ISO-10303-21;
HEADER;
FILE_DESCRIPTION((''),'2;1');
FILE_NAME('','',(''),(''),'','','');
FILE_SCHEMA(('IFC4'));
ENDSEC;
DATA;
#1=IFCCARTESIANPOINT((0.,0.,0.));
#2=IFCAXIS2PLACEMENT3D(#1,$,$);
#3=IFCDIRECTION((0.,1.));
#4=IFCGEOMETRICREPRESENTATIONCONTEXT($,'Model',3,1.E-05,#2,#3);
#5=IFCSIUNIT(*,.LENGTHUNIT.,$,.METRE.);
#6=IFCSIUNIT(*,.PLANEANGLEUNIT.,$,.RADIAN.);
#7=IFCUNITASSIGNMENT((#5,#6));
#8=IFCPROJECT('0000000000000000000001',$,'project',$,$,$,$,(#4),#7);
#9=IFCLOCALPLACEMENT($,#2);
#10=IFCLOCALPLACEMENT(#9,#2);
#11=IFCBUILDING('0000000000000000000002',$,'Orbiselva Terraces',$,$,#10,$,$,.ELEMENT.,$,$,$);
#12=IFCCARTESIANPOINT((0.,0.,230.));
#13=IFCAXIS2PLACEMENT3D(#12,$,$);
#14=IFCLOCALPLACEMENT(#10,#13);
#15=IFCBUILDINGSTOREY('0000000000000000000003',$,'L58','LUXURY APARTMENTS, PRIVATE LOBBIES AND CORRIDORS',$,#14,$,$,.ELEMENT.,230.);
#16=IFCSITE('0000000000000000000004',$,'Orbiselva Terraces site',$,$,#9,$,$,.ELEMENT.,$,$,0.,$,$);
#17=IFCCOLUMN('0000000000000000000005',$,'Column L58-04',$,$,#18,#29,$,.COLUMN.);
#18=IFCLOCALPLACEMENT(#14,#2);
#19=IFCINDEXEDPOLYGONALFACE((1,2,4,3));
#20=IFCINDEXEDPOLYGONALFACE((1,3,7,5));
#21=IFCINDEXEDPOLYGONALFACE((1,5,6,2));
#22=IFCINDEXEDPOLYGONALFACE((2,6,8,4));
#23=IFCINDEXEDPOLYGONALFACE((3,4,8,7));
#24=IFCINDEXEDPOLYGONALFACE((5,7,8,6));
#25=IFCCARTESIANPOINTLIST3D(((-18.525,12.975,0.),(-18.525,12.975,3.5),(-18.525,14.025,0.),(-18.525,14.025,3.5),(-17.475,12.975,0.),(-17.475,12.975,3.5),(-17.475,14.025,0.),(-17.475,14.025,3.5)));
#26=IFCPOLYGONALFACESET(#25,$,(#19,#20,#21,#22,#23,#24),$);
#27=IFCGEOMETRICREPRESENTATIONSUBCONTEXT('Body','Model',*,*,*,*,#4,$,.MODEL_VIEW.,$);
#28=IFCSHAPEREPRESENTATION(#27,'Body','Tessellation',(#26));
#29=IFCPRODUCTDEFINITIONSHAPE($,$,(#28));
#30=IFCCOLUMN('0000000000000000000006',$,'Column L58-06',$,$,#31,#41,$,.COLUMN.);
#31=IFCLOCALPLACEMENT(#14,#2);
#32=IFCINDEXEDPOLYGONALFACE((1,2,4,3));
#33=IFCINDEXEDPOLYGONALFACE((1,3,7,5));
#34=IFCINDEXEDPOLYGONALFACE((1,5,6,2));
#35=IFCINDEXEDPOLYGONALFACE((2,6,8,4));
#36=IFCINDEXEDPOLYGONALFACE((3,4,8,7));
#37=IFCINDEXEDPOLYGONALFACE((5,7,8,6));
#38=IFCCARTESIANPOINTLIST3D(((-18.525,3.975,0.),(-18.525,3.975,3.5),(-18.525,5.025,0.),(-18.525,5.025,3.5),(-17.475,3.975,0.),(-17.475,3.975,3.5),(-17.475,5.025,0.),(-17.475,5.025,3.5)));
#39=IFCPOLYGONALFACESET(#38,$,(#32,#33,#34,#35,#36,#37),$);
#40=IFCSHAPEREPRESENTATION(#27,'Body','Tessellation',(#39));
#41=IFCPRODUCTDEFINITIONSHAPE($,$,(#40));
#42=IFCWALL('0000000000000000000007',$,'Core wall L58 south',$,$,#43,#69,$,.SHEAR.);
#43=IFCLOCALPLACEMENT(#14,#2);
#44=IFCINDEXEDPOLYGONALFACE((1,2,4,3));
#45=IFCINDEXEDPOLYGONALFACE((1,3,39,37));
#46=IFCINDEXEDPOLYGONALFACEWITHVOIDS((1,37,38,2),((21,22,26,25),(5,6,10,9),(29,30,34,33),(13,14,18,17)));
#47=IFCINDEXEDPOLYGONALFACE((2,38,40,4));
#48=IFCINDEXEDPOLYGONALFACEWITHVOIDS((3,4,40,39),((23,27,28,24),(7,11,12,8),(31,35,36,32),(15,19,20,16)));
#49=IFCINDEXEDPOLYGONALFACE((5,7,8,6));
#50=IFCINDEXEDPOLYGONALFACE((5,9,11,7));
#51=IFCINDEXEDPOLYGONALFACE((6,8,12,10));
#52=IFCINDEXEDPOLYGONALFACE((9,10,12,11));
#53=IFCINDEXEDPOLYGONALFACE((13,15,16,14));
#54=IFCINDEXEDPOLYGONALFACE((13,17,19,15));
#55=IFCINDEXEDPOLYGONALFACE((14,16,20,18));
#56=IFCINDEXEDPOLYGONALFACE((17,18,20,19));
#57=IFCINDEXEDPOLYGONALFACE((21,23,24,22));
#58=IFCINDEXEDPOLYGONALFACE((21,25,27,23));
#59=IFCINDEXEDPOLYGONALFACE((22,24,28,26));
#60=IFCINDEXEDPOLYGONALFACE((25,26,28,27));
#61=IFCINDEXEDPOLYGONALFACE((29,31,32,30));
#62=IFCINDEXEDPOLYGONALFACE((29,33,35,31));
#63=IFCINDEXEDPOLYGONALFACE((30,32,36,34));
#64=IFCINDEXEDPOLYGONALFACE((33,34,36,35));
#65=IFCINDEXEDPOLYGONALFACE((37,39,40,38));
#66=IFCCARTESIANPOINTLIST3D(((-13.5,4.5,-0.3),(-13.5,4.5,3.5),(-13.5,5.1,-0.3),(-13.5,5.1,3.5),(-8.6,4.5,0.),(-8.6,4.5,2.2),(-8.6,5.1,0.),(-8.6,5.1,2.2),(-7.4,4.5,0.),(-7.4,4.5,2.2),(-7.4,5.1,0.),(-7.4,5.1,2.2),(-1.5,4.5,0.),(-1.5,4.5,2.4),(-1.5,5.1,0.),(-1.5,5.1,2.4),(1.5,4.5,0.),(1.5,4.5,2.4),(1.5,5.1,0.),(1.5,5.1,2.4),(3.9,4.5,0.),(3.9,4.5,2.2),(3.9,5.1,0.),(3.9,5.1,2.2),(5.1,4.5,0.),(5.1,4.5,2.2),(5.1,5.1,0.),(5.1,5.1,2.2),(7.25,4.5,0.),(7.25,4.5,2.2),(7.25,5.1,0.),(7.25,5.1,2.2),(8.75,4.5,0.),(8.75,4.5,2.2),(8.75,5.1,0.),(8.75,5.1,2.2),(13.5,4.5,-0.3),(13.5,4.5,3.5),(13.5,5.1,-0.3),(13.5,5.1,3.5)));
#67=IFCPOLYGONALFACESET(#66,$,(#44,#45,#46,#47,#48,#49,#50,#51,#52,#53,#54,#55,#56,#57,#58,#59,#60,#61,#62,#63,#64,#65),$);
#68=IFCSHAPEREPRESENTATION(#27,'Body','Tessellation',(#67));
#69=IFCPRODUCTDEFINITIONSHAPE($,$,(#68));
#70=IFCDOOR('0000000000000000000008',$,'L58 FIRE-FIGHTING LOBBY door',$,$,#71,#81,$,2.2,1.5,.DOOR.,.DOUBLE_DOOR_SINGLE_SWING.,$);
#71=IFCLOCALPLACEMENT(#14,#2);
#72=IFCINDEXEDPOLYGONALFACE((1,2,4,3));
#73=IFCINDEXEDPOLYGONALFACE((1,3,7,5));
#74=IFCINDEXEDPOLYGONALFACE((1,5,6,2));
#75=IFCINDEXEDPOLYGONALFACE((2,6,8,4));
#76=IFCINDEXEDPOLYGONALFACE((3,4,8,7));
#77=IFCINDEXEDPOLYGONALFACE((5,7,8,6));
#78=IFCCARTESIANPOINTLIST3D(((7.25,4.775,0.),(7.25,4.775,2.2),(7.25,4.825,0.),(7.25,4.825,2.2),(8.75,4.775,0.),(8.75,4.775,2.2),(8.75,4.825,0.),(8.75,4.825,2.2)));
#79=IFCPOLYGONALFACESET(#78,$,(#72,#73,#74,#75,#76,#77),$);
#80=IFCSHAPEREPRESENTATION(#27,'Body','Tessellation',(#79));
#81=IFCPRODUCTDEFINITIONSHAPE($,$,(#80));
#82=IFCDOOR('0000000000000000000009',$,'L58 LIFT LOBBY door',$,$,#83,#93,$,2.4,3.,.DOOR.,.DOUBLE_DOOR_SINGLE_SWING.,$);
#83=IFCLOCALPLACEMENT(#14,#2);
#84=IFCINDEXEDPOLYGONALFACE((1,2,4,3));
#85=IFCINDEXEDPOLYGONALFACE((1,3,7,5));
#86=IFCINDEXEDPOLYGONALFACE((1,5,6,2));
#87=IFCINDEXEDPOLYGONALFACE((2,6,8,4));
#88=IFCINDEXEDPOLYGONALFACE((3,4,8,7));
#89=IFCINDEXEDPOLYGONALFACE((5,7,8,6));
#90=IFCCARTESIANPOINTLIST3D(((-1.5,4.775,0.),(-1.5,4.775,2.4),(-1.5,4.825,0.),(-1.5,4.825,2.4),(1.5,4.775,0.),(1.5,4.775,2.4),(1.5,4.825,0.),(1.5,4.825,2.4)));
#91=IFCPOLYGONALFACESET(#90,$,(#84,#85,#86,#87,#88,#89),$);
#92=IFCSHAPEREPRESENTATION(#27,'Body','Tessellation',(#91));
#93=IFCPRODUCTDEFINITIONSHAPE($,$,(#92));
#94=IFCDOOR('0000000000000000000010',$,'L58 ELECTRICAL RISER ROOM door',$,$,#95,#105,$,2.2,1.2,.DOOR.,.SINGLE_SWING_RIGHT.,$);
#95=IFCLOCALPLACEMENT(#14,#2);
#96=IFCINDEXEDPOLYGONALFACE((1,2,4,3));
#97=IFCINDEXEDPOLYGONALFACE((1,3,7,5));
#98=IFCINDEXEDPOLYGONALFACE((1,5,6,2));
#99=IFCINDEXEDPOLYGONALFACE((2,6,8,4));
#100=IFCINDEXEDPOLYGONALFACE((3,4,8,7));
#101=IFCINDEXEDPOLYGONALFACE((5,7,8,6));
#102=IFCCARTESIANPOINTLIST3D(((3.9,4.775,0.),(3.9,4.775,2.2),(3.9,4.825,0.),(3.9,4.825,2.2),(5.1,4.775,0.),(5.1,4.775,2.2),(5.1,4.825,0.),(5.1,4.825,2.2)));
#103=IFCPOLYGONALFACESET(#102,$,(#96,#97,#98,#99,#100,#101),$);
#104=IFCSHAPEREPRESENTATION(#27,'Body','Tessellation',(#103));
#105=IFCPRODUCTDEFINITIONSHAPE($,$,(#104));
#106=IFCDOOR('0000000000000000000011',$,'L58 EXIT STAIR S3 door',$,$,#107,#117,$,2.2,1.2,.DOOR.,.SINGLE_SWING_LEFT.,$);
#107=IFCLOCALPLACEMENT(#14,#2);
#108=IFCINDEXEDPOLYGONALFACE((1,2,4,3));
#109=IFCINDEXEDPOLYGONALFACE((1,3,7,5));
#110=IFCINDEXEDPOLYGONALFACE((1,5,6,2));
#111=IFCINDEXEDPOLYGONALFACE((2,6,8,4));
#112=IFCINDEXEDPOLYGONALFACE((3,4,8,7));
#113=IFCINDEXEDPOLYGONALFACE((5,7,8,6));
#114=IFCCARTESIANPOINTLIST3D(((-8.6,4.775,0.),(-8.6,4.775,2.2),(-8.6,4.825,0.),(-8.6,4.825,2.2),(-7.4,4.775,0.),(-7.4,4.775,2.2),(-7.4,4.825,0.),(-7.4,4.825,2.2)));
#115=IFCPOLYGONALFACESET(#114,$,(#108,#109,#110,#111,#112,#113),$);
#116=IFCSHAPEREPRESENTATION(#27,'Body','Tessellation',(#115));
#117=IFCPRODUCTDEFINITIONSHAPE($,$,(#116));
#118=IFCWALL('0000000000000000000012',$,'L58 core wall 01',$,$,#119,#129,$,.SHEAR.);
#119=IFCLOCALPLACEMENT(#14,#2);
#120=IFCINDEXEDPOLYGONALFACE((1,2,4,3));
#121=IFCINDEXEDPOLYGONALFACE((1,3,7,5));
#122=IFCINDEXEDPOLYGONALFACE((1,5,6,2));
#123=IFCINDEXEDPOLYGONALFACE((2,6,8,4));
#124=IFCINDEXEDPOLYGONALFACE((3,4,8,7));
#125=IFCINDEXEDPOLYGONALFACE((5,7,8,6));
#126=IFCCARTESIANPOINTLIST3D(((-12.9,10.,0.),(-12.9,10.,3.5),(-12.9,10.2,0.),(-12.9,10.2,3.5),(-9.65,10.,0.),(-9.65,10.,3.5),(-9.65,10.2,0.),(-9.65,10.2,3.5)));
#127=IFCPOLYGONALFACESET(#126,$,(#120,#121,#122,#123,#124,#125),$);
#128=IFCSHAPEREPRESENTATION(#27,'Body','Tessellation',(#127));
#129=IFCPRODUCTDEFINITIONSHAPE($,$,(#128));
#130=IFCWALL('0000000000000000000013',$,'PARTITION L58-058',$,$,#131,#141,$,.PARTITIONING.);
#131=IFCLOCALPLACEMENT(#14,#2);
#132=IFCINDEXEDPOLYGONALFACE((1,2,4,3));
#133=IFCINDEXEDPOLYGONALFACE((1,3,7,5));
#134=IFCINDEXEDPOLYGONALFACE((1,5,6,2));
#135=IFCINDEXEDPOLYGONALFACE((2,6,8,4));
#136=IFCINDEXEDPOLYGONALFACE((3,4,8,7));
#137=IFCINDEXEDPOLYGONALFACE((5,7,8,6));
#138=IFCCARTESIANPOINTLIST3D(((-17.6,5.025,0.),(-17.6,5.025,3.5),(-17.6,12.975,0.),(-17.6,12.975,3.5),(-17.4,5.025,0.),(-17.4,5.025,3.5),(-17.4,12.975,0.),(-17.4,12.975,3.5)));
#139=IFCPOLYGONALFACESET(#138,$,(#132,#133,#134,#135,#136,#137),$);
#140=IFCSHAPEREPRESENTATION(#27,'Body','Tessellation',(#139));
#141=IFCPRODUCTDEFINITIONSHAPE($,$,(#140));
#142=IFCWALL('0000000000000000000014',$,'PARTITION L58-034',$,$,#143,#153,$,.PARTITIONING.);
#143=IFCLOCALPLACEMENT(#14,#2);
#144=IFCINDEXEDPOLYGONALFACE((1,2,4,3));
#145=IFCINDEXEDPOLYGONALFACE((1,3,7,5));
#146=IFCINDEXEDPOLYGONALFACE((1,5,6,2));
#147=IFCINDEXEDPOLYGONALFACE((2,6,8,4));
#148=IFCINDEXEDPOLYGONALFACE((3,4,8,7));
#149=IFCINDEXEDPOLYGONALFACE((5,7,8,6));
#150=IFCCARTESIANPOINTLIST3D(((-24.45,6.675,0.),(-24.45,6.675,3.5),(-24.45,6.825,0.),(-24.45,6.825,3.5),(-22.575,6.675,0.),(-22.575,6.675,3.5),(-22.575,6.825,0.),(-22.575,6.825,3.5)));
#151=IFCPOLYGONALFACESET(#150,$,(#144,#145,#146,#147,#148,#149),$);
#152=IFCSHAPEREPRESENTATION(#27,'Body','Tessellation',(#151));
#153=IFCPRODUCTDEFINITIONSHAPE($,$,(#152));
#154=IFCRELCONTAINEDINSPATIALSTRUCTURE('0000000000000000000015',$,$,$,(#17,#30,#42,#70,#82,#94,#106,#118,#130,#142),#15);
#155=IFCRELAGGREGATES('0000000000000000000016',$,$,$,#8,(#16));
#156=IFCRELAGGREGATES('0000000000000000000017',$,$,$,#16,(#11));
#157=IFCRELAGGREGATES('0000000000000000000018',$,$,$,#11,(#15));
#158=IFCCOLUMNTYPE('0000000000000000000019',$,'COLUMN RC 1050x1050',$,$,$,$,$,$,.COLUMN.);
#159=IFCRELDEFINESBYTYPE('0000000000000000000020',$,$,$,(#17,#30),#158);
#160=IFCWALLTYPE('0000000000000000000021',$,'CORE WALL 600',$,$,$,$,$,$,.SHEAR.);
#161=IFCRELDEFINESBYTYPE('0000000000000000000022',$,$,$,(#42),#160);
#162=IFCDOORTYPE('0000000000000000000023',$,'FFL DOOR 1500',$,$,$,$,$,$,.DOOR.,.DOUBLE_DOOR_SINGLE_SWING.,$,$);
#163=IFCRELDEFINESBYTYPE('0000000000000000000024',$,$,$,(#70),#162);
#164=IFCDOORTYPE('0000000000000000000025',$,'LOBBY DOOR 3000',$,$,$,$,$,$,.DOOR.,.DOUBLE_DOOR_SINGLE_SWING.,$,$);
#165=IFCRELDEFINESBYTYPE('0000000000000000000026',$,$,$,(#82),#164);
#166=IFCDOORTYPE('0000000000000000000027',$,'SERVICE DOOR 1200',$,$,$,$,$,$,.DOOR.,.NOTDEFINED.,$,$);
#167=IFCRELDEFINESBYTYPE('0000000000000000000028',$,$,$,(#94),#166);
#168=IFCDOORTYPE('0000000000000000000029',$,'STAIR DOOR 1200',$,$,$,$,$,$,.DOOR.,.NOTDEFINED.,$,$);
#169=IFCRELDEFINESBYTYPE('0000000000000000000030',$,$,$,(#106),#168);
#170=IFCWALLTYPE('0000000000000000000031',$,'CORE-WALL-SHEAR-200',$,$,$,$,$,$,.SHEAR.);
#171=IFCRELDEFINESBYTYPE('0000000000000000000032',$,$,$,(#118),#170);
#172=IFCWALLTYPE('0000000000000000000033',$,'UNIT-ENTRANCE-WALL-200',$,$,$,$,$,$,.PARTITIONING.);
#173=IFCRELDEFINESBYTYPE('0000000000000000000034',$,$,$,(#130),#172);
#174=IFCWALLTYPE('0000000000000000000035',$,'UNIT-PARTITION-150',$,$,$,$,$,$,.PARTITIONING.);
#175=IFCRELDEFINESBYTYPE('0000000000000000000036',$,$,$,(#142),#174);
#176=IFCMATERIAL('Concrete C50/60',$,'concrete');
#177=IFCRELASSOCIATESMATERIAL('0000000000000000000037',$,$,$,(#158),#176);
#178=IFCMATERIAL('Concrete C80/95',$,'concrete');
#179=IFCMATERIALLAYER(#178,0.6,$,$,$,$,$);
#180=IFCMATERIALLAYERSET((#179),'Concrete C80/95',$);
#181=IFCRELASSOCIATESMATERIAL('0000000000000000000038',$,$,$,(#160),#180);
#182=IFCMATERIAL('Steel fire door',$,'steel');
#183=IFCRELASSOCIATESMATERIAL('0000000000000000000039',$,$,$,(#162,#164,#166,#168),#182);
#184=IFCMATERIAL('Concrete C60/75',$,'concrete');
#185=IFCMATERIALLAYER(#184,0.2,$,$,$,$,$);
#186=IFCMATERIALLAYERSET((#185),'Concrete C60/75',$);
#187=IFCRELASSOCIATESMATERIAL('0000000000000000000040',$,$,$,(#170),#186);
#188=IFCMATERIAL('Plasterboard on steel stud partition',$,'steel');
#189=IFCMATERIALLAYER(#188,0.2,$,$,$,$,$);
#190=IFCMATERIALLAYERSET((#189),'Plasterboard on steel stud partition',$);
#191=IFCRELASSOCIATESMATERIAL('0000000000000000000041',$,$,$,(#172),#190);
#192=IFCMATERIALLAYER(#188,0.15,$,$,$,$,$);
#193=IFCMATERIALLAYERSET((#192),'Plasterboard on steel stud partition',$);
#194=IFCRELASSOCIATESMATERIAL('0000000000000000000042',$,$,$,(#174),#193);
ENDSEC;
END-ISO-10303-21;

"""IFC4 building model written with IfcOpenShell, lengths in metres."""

from ifc_helpers import new_model, si_unit, direction, frame, frame_2d, origin, origin_2d, place, context, subcontext, project, spatial, rectangle, extrude, material, layer, layer_set, material_profile, profile_set, type_object, element, fill, save


model = new_model("IFC4")

# Units and contexts
model_context = context("Model", 3, precision=1e-05, world=origin(), true_north=direction((0.0, 1.0)))
body_context = subcontext(model_context, "Body", "Model", "MODEL_VIEW")
ifc_project = project(units=[si_unit("LENGTHUNIT", "METRE"), si_unit("PLANEANGLEUNIT", "RADIAN")], contexts=[model_context])

# Site, building, storey
site_placement = place(None, origin())
site = spatial("IfcSite", under=ifc_project, at=site_placement, Name="Orbiselva Terraces site", CompositionType="ELEMENT", RefElevation=0.0)
building_placement = place(site_placement, origin())
building = spatial("IfcBuilding", under=site, at=building_placement, Name="Orbiselva Terraces", CompositionType="ELEMENT")
storey_placement = place(building_placement, frame((0.0, 0.0, 230.0)))
storey = spatial("IfcBuildingStorey", under=building, at=storey_placement, Name="L58", Description="LUXURY APARTMENTS, PRIVATE LOBBIES AND CORRIDORS", CompositionType="ELEMENT", Elevation=230.0)

# Columns
ifc_material_1 = material(Name="Concrete C50/60", Category="concrete")
ifc_material_profile = material_profile(ifc_material_1, rectangle(XDim=1.05, YDim=1.05, at=origin_2d()), Name="RC 1050x1050")
ifc_profile_set = profile_set([ifc_material_profile], Name="Concrete C50/60")
column_type = type_object("IfcColumnType", Name="COLUMN RC 1050x1050", PredefinedType="COLUMN", material=ifc_profile_set)
for number, where, z_axis, x_axis, name in (
    (1, (-18.0, 13.5, 0.0), (0.0, 0.0, 1.0), (1.0, 0.0, 0.0), "Column L58-04"),
    (2, (-18.0, 4.5, 0.0), (0.0, 0.0, 1.0), (1.0, 0.0, 0.0), "Column L58-06"),
):
    element("IfcColumn", number, at=place(storey_placement, frame(where, z_axis=z_axis, x_axis=x_axis)), inside=storey, type_object=column_type, Name=name, PredefinedType="COLUMN", context=body_context, shape_type="SweptSolid", body=[
        extrude(rectangle(XDim=1.05, YDim=1.05, at=origin_2d()), origin(), (0.0, 0.0, 1.0), 3.5),
    ])

# Wall, openings, doors
ifc_material_2 = material(Name="Concrete C80/95", Category="concrete")
ifc_layer_1 = layer(ifc_material_2, 0.6)
ifc_layer_set_1 = layer_set([ifc_layer_1], Name="Concrete C80/95")
wall_type_1 = type_object("IfcWallType", Name="CORE WALL 600", PredefinedType="SHEAR", material=ifc_layer_set_1)
wall_1_placement = place(storey_placement, frame((-13.5, 4.8, -0.3), z_axis=(0.0, 0.0, 1.0), x_axis=(1.0, 0.0, 0.0)))
wall_1 = element("IfcWall", 3, at=wall_1_placement, inside=storey, type_object=wall_type_1, Name="Core wall L58 south", PredefinedType="SHEAR", context=body_context, shape_type="SweptSolid", body=[
    extrude(rectangle(XDim=27.0, YDim=0.6, at=frame_2d((13.5, 0.0))), origin(), (0.0, 0.0, 1.0), 3.8),
])
opening_1_placement = place(wall_1_placement, frame((12.0, 0.0, 0.3)))
opening_1 = element("IfcOpeningElement", 4, at=opening_1_placement, cuts=wall_1, PredefinedType="OPENING", context=body_context, shape_type="SweptSolid", body=[
    extrude(rectangle(XDim=3.0, YDim=2.4, at=frame_2d((1.5, 1.2))), frame((0.0, 0.31, 0.0), z_axis=(0.0, -1.0, 0.0), x_axis=(1.0, 0.0, 0.0)), (0.0, 0.0, 1.0), 0.62),
])
opening_2_placement = place(wall_1_placement, frame((4.9, 0.0, 0.3)))
opening_2 = element("IfcOpeningElement", 5, at=opening_2_placement, cuts=wall_1, PredefinedType="OPENING", context=body_context, shape_type="SweptSolid", body=[
    extrude(rectangle(XDim=1.2, YDim=2.2, at=frame_2d((0.6, 1.1))), frame((0.0, 0.31, 0.0), z_axis=(0.0, -1.0, 0.0), x_axis=(1.0, 0.0, 0.0)), (0.0, 0.0, 1.0), 0.62),
])
opening_3_placement = place(wall_1_placement, frame((20.75, 0.0, 0.3)))
opening_3 = element("IfcOpeningElement", 6, at=opening_3_placement, cuts=wall_1, PredefinedType="OPENING", context=body_context, shape_type="SweptSolid", body=[
    extrude(rectangle(XDim=1.5, YDim=2.2, at=frame_2d((0.75, 1.1))), frame((0.0, 0.31, 0.0), z_axis=(0.0, -1.0, 0.0), x_axis=(1.0, 0.0, 0.0)), (0.0, 0.0, 1.0), 0.62),
])
opening_4_placement = place(wall_1_placement, frame((17.4, 0.0, 0.3)))
opening_4 = element("IfcOpeningElement", 7, at=opening_4_placement, cuts=wall_1, PredefinedType="OPENING", context=body_context, shape_type="SweptSolid", body=[
    extrude(rectangle(XDim=1.2, YDim=2.2, at=frame_2d((0.6, 1.1))), frame((0.0, 0.31, 0.0), z_axis=(0.0, -1.0, 0.0), x_axis=(1.0, 0.0, 0.0)), (0.0, 0.0, 1.0), 0.62),
])
ifc_material_3 = material(Name="Steel fire door", Category="steel")
door_type_1 = type_object("IfcDoorType", Name="FFL DOOR 1500", OperationType="DOUBLE_DOOR_SINGLE_SWING", PredefinedType="DOOR", material=ifc_material_3)
door_1_placement = place(opening_3_placement, frame((1.5, 0.0, 0.0), z_axis=(0.0, 0.0, 1.0), x_axis=(-1.0, 0.0, 0.0)))
door_1 = element("IfcDoor", 8, at=door_1_placement, inside=storey, type_object=door_type_1, Name="L58 FIRE-FIGHTING LOBBY door", OperationType="DOUBLE_DOOR_SINGLE_SWING", OverallHeight=2.2, OverallWidth=1.5, PredefinedType="DOOR", context=body_context, shape_type="SweptSolid", body=[
    extrude(rectangle(XDim=1.5, YDim=2.2, at=frame_2d((0.75, 1.1))), frame((0.0, 0.025, 0.0), z_axis=(0.0, -1.0, 0.0), x_axis=(1.0, 0.0, 0.0)), (0.0, 0.0, 1.0), 0.05),
])
fill(opening_3, door_1)
door_type_2 = type_object("IfcDoorType", Name="LOBBY DOOR 3000", OperationType="DOUBLE_DOOR_SINGLE_SWING", PredefinedType="DOOR", material=ifc_material_3)
door_2_placement = place(opening_1_placement, frame((3.0, 0.0, 0.0), z_axis=(0.0, 0.0, 1.0), x_axis=(-1.0, 0.0, 0.0)))
door_2 = element("IfcDoor", 9, at=door_2_placement, inside=storey, type_object=door_type_2, Name="L58 LIFT LOBBY door", OperationType="DOUBLE_DOOR_SINGLE_SWING", OverallHeight=2.4, OverallWidth=3.0, PredefinedType="DOOR", context=body_context, shape_type="SweptSolid", body=[
    extrude(rectangle(XDim=3.0, YDim=2.4, at=frame_2d((1.5, 1.2))), frame((0.0, 0.025, 0.0), z_axis=(0.0, -1.0, 0.0), x_axis=(1.0, 0.0, 0.0)), (0.0, 0.0, 1.0), 0.05),
])
fill(opening_1, door_2)
door_type_3 = type_object("IfcDoorType", Name="SERVICE DOOR 1200", OperationType="NOTDEFINED", PredefinedType="DOOR", material=ifc_material_3)
door_3_placement = place(opening_4_placement, frame((1.2, 0.0, 0.0), z_axis=(0.0, 0.0, 1.0), x_axis=(-1.0, 0.0, 0.0)))
door_3 = element("IfcDoor", 10, at=door_3_placement, inside=storey, type_object=door_type_3, Name="L58 ELECTRICAL RISER ROOM door", OperationType="SINGLE_SWING_RIGHT", OverallHeight=2.2, OverallWidth=1.2, PredefinedType="DOOR", context=body_context, shape_type="SweptSolid", body=[
    extrude(rectangle(XDim=1.2, YDim=2.2, at=frame_2d((0.6, 1.1))), frame((0.0, 0.025, 0.0), z_axis=(0.0, -1.0, 0.0), x_axis=(1.0, 0.0, 0.0)), (0.0, 0.0, 1.0), 0.05),
])
fill(opening_4, door_3)
door_type_4 = type_object("IfcDoorType", Name="STAIR DOOR 1200", OperationType="NOTDEFINED", PredefinedType="DOOR", material=ifc_material_3)
door_4_placement = place(opening_2_placement, frame((1.2, 0.0, 0.0), z_axis=(0.0, 0.0, 1.0), x_axis=(-1.0, 0.0, 0.0)))
door_4 = element("IfcDoor", 11, at=door_4_placement, inside=storey, type_object=door_type_4, Name="L58 EXIT STAIR S3 door", OperationType="SINGLE_SWING_LEFT", OverallHeight=2.2, OverallWidth=1.2, PredefinedType="DOOR", context=body_context, shape_type="SweptSolid", body=[
    extrude(rectangle(XDim=1.2, YDim=2.2, at=frame_2d((0.6, 1.1))), frame((0.0, 0.025, 0.0), z_axis=(0.0, -1.0, 0.0), x_axis=(1.0, 0.0, 0.0)), (0.0, 0.0, 1.0), 0.05),
])
fill(opening_2, door_4)

# Walls
ifc_material_4 = material(Name="Concrete C60/75", Category="concrete")
ifc_layer_2 = layer(ifc_material_4, 0.2)
ifc_layer_set_2 = layer_set([ifc_layer_2], Name="Concrete C60/75")
wall_type_2 = type_object("IfcWallType", Name="CORE-WALL-SHEAR-200", PredefinedType="SHEAR", material=ifc_layer_set_2)
wall_2_placement = place(storey_placement, frame((-12.9, 10.1, 0.0), z_axis=(0.0, 0.0, 1.0), x_axis=(1.0, 0.0, 0.0)))
element("IfcWall", 12, at=wall_2_placement, inside=storey, type_object=wall_type_2, Name="L58 core wall 01", PredefinedType="SHEAR", context=body_context, shape_type="SweptSolid", body=[
    extrude(rectangle(XDim=3.25, YDim=0.2, at=frame_2d((1.625, 0.0))), origin(), (0.0, 0.0, 1.0), 3.5),
])
ifc_material_5 = material(Name="Plasterboard on steel stud partition", Category="steel")
ifc_layer_3 = layer(ifc_material_5, 0.2)
ifc_layer_set_3 = layer_set([ifc_layer_3], Name="Plasterboard on steel stud partition")
wall_type_3 = type_object("IfcWallType", Name="UNIT-ENTRANCE-WALL-200", PredefinedType="PARTITIONING", material=ifc_layer_set_3)
wall_3_placement = place(storey_placement, frame((-17.5, 5.025, 0.0), z_axis=(0.0, 0.0, 1.0), x_axis=(0.0, 1.0, 0.0)))
element("IfcWall", 13, at=wall_3_placement, inside=storey, type_object=wall_type_3, Name="PARTITION L58-058", PredefinedType="PARTITIONING", context=body_context, shape_type="SweptSolid", body=[
    extrude(rectangle(XDim=7.95, YDim=0.2, at=frame_2d((3.975, 0.0))), origin(), (0.0, 0.0, 1.0), 3.5),
])
ifc_layer_4 = layer(ifc_material_5, 0.15)
ifc_layer_set_4 = layer_set([ifc_layer_4], Name="Plasterboard on steel stud partition")
wall_type_4 = type_object("IfcWallType", Name="UNIT-PARTITION-150", PredefinedType="PARTITIONING", material=ifc_layer_set_4)
wall_4_placement = place(storey_placement, frame((-24.45, 6.75, 0.0), z_axis=(0.0, 0.0, 1.0), x_axis=(1.0, 0.0, 0.0)))
element("IfcWall", 14, at=wall_4_placement, inside=storey, type_object=wall_type_4, Name="PARTITION L58-034", PredefinedType="PARTITIONING", context=body_context, shape_type="SweptSolid", body=[
    extrude(rectangle(XDim=1.875, YDim=0.15, at=frame_2d((0.9375, 0.0))), origin(), (0.0, 0.0, 1.0), 3.5),
])

save(model, "model.ifc")
